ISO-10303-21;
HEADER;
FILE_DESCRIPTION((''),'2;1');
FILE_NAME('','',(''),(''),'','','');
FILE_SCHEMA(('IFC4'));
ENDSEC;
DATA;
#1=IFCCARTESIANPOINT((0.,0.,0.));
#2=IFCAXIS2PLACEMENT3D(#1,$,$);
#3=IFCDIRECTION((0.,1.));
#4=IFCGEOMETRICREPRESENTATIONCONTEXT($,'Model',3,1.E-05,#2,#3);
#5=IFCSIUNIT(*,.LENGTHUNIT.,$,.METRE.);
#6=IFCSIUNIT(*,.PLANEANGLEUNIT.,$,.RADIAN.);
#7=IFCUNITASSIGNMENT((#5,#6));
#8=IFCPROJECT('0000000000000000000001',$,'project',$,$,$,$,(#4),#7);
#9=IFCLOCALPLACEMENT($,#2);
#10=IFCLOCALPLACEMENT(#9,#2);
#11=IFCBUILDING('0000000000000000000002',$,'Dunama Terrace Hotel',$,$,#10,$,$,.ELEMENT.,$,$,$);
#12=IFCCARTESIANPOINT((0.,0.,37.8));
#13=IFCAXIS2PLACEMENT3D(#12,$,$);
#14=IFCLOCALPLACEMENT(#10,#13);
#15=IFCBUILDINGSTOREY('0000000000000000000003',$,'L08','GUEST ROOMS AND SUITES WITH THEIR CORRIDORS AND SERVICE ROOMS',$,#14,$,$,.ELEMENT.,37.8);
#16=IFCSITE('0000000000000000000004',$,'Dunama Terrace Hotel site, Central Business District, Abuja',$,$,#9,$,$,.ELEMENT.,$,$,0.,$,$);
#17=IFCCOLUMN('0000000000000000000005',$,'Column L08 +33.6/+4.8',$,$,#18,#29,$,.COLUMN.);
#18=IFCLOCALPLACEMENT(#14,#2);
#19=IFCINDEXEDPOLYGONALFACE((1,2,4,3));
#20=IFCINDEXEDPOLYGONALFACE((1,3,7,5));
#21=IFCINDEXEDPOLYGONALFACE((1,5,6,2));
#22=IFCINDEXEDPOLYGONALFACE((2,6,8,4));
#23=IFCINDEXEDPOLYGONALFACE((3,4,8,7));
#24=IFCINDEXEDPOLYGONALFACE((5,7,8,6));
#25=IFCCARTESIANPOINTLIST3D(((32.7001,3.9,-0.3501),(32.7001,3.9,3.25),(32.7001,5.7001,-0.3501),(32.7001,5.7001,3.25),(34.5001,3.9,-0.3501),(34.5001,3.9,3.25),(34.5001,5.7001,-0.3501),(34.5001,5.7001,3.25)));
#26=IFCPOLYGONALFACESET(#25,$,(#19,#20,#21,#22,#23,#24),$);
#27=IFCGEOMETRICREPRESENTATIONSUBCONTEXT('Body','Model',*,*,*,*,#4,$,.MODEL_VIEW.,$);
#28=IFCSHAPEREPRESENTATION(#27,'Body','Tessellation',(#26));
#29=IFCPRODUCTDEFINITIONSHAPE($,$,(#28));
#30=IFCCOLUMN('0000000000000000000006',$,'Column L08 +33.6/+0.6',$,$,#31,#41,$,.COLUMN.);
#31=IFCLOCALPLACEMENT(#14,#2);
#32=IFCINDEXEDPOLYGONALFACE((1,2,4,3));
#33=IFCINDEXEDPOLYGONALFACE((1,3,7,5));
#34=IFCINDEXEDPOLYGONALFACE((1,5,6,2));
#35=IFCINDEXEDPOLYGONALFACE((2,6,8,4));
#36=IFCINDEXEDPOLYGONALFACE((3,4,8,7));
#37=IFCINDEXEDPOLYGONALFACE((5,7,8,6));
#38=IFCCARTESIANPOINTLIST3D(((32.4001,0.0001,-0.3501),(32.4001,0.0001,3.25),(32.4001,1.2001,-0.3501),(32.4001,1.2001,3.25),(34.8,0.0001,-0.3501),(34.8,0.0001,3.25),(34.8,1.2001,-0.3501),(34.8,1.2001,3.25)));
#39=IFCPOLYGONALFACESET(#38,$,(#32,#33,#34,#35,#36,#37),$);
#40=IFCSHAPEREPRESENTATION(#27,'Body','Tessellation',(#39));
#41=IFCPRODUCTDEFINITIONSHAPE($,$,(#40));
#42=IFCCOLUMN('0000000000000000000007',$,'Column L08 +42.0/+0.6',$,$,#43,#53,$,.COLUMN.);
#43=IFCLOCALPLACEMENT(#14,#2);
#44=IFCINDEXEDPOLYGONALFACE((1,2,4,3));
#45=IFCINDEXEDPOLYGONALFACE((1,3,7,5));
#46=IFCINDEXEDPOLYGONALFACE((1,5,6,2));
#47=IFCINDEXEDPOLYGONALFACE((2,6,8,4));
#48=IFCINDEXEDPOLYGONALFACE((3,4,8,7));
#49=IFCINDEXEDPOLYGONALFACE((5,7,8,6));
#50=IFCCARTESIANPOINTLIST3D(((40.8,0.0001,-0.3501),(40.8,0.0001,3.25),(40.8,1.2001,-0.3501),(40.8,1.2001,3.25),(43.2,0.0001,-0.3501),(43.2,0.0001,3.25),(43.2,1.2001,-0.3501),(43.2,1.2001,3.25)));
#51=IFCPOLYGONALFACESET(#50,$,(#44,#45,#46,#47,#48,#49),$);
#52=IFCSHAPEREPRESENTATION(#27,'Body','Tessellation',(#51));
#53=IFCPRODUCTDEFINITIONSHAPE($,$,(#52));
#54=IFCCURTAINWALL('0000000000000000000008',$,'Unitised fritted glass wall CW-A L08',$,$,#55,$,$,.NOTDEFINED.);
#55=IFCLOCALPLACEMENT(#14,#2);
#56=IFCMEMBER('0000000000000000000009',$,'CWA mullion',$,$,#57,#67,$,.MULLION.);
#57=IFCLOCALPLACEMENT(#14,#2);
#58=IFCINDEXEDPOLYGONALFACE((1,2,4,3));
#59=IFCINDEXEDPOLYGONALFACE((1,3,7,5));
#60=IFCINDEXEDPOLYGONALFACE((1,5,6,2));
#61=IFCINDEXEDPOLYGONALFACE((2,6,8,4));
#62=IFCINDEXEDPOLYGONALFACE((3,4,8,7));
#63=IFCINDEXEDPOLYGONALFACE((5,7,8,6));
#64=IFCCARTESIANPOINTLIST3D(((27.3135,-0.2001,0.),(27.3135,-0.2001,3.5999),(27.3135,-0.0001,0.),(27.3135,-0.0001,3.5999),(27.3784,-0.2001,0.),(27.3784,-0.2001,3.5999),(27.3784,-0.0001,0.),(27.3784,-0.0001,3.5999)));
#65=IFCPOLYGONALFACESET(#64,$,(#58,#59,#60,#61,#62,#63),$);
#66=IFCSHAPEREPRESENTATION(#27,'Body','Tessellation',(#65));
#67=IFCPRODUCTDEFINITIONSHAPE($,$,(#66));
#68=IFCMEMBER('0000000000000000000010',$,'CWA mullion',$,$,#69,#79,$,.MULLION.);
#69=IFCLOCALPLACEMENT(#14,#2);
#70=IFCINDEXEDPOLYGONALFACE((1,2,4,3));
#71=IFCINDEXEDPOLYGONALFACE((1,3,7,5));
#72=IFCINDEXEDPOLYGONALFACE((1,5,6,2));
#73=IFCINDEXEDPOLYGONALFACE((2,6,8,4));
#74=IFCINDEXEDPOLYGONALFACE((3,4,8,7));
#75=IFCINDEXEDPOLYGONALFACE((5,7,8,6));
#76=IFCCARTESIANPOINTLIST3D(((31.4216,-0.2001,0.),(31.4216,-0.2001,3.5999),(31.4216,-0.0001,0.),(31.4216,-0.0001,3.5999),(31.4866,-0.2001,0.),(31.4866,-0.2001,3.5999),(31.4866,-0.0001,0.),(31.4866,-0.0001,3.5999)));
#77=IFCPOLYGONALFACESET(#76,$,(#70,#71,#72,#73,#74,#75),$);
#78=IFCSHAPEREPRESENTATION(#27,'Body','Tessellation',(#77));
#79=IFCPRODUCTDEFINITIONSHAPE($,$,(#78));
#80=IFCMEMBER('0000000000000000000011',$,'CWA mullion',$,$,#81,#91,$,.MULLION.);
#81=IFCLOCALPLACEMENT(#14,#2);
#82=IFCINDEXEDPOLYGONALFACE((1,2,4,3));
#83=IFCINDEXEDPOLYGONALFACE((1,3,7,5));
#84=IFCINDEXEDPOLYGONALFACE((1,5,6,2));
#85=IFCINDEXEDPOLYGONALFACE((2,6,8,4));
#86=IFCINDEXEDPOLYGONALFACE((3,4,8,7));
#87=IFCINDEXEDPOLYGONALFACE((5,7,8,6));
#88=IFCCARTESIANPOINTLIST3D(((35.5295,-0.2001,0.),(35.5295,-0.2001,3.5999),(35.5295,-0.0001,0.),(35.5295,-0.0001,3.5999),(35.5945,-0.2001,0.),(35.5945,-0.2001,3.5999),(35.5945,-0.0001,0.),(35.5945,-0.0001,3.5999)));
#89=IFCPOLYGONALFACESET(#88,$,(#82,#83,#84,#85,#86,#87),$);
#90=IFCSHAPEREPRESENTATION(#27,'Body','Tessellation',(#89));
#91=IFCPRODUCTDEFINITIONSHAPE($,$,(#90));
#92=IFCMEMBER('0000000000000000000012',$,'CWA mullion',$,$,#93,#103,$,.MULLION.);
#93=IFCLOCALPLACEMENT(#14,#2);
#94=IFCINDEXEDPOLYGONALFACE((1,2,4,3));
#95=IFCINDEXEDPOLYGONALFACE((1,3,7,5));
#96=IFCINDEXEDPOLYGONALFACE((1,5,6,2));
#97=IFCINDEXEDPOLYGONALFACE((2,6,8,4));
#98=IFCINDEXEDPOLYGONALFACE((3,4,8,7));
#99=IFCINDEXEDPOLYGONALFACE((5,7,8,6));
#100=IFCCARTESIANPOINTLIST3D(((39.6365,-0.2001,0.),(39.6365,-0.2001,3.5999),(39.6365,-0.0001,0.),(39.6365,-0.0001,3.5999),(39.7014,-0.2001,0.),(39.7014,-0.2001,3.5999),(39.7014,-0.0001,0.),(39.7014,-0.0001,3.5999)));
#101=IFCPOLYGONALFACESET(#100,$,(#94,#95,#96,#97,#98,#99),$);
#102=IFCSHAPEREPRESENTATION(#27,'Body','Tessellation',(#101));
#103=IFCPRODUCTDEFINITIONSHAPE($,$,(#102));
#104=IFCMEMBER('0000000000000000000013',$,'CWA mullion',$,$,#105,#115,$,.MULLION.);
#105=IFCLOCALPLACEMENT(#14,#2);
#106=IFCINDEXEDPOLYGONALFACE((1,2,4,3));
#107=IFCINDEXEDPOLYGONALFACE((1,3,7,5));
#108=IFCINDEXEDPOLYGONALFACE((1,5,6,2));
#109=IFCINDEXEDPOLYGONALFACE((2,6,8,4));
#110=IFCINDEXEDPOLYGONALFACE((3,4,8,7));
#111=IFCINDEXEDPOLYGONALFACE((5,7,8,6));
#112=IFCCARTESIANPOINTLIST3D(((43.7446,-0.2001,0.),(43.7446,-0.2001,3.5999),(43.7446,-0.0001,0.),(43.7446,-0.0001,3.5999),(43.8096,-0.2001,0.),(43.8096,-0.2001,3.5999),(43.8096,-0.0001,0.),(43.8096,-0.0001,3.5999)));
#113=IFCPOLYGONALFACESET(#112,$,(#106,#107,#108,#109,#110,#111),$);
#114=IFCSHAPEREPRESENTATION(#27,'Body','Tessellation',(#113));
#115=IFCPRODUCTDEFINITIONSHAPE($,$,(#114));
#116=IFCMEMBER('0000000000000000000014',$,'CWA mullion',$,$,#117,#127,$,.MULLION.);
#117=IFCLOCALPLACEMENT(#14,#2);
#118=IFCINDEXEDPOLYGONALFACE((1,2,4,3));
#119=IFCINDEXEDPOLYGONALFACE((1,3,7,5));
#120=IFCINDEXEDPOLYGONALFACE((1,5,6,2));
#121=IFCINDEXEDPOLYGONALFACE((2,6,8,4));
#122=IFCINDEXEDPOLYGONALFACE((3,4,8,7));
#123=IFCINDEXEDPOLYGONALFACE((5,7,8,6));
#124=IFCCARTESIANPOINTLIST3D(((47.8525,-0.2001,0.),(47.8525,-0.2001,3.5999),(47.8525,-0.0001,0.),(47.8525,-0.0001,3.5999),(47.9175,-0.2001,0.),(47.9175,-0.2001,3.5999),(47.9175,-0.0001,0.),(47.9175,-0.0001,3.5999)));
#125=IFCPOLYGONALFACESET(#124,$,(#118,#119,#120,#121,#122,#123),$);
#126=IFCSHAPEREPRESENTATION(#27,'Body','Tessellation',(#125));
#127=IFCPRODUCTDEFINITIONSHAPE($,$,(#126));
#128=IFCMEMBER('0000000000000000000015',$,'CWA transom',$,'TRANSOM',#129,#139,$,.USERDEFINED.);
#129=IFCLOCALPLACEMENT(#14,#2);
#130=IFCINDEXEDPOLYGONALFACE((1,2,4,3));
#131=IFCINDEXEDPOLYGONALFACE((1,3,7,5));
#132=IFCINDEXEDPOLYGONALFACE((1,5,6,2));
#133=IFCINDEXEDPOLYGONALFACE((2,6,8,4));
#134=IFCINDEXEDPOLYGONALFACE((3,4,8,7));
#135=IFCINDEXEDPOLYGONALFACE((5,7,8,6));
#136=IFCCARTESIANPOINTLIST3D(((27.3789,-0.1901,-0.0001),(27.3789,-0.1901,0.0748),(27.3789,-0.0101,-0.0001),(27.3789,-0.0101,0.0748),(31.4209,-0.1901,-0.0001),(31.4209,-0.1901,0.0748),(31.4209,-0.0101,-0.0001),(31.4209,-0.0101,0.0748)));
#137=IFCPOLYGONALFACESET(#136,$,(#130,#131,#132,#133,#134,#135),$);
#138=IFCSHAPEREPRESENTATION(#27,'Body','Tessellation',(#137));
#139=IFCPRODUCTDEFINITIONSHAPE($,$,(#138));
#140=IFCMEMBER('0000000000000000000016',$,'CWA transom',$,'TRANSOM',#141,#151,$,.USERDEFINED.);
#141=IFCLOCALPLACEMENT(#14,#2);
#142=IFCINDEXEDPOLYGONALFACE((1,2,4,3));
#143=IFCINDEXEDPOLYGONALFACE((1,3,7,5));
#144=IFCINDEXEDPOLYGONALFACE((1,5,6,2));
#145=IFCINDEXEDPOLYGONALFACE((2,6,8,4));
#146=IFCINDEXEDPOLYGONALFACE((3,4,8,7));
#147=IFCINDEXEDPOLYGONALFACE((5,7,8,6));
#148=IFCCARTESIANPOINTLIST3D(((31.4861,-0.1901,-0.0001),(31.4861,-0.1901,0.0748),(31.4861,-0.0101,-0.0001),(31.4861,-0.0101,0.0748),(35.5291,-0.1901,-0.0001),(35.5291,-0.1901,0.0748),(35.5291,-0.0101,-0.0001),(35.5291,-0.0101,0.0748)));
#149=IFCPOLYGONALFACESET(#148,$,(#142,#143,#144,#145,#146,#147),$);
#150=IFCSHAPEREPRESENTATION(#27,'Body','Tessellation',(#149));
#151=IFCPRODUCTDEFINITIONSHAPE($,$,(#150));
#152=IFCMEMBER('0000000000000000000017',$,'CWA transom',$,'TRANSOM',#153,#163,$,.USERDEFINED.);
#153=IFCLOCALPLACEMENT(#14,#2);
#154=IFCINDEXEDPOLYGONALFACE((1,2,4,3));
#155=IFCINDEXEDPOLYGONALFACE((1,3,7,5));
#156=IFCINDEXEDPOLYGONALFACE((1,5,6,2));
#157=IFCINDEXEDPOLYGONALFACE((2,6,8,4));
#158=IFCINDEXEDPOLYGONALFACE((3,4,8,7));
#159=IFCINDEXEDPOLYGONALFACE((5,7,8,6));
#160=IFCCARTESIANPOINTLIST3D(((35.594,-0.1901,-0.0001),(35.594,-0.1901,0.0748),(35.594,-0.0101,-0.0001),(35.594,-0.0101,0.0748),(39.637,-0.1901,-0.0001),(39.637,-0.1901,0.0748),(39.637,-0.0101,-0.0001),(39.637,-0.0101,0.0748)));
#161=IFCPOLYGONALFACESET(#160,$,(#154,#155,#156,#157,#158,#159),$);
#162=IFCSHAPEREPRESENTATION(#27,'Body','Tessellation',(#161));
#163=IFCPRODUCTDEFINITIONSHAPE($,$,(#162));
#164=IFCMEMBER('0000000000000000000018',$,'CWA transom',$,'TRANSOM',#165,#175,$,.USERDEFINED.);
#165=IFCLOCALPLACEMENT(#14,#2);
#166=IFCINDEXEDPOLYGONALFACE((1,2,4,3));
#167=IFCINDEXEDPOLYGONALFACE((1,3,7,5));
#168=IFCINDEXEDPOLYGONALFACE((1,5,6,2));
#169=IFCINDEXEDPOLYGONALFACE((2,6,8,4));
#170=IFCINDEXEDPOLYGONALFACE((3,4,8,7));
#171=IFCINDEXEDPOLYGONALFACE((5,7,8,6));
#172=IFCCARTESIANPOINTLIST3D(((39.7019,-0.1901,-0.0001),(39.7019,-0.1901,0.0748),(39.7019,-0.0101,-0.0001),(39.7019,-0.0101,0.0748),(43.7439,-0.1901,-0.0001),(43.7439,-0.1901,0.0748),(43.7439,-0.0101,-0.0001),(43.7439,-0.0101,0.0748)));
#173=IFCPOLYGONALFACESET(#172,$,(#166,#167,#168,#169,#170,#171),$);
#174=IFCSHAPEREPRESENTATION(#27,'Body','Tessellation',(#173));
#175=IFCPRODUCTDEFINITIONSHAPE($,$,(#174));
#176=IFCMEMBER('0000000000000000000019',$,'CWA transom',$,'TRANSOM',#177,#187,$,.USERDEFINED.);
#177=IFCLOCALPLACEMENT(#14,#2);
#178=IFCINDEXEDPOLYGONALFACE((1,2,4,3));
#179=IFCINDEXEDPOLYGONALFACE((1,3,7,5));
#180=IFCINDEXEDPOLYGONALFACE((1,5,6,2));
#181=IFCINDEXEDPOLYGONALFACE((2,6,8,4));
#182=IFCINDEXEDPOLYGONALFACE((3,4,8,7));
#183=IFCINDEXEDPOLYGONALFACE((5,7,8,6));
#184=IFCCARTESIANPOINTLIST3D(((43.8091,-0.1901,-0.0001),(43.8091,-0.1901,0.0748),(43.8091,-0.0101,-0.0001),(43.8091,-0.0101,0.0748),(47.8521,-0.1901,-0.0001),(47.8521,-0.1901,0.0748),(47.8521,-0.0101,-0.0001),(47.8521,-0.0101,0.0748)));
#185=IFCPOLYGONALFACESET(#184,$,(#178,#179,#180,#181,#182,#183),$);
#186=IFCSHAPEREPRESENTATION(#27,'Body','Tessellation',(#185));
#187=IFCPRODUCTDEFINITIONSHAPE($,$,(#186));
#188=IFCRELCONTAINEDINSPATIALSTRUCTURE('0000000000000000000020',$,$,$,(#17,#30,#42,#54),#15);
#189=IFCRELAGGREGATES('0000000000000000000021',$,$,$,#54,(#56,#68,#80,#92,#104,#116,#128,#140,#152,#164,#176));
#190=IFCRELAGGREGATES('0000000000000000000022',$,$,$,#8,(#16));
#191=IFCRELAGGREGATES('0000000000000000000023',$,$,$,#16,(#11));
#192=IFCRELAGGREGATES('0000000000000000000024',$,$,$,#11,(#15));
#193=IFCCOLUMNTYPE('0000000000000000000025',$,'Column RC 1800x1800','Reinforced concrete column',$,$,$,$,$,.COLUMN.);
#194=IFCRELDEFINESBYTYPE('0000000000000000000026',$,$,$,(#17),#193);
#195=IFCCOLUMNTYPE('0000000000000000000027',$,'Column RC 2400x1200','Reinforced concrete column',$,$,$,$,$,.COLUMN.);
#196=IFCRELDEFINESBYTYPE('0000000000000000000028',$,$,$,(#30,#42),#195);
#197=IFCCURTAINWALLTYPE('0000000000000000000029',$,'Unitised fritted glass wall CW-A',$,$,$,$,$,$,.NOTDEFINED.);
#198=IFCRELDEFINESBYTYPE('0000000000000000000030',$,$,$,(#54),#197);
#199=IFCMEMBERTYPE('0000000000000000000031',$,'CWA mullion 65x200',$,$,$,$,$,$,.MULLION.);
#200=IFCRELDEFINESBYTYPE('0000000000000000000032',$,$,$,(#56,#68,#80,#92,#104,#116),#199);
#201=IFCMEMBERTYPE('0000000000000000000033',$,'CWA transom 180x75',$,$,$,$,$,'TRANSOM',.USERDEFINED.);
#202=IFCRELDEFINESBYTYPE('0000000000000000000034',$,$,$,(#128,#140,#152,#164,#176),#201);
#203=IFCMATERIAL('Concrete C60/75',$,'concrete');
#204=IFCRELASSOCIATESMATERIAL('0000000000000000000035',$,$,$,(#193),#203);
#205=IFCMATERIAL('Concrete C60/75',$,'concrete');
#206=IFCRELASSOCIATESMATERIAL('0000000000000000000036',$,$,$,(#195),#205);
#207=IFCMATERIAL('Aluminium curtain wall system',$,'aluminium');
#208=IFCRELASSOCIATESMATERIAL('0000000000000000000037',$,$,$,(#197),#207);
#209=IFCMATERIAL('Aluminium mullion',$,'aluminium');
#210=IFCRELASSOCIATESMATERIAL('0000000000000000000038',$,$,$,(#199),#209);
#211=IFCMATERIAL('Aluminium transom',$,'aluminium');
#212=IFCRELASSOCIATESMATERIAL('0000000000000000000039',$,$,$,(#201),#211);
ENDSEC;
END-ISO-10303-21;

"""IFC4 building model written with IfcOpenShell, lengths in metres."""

from ifc_helpers import new_model, si_unit, direction, frame, origin, origin_2d, place, context, subcontext, project, spatial, rectangle, extrude, material, material_profile, profile_set, type_object, element, aggregate, save


model = new_model("IFC4")

# Units and contexts
model_context = context("Model", 3, precision=1e-05, world=origin(), true_north=direction((0.0, 1.0)))
body_context = subcontext(model_context, "Body", "Model", "MODEL_VIEW")
ifc_project = project(units=[si_unit("LENGTHUNIT", "METRE"), si_unit("PLANEANGLEUNIT", "RADIAN")], contexts=[model_context])

# Site, building, storey
site_placement = place(None, origin())
site = spatial("IfcSite", under=ifc_project, at=site_placement, Name="Dunama Terrace Hotel site, Central Business District, Abuja", CompositionType="ELEMENT", RefElevation=0.0)
building_placement = place(site_placement, origin())
building = spatial("IfcBuilding", under=site, at=building_placement, Name="Dunama Terrace Hotel", CompositionType="ELEMENT")
storey_placement = place(building_placement, frame((0.0, 0.0, 37.8)))
storey = spatial("IfcBuildingStorey", under=building, at=storey_placement, Name="L08", Description="GUEST ROOMS AND SUITES WITH THEIR CORRIDORS AND SERVICE ROOMS", CompositionType="ELEMENT", Elevation=37.8)

# Columns
ifc_material_1 = material(Name="Concrete C60/75", Category="concrete")
ifc_material_profile_1 = material_profile(ifc_material_1, rectangle(XDim=1.8, YDim=1.8, at=origin_2d()), Name="RC 1800x1800")
ifc_profile_set_1 = profile_set([ifc_material_profile_1], Name="Concrete C60/75")
column_type_1 = type_object("IfcColumnType", Name="Column RC 1800x1800", Description="Reinforced concrete column", PredefinedType="COLUMN", material=ifc_profile_set_1)
column_placement = place(storey_placement, frame((33.6001, 4.8, -0.3501), z_axis=(0.0, 0.0, 1.0), x_axis=(1.0, 0.0, 0.0)))
element("IfcColumn", 1, at=column_placement, inside=storey, type_object=column_type_1, Name="Column L08 +33.6/+4.8", PredefinedType="COLUMN", context=body_context, shape_type="SweptSolid", body=[
    extrude(rectangle(XDim=1.8, YDim=1.8, at=origin_2d()), origin(), (0.0, 0.0, 1.0), 3.6001),
])
ifc_material_2 = material(Name="Concrete C60/75", Category="concrete")
ifc_material_profile_2 = material_profile(ifc_material_2, rectangle(XDim=2.3999, YDim=1.2, at=origin_2d()), Name="RC 2400x1200")
ifc_profile_set_2 = profile_set([ifc_material_profile_2], Name="Concrete C60/75")
column_type_2 = type_object("IfcColumnType", Name="Column RC 2400x1200", Description="Reinforced concrete column", PredefinedType="COLUMN", material=ifc_profile_set_2)
for number, where, z_axis, x_axis, name in (
    (2, (33.6001, 0.6001, -0.3501), (0.0, 0.0, 1.0), (1.0, 0.0, 0.0), "Column L08 +33.6/+0.6"),
    (3, (42.0, 0.6001, -0.3501), (0.0, 0.0, 1.0), (1.0, 0.0, 0.0), "Column L08 +42.0/+0.6"),
):
    element("IfcColumn", number, at=place(storey_placement, frame(where, z_axis=z_axis, x_axis=x_axis)), inside=storey, type_object=column_type_2, Name=name, PredefinedType="COLUMN", context=body_context, shape_type="SweptSolid", body=[
        extrude(rectangle(XDim=2.3999, YDim=1.2, at=origin_2d()), origin(), (0.0, 0.0, 1.0), 3.6001),
    ])

# Curtain wall, members
ifc_material_3 = material(Name="Aluminium curtain wall system", Category="aluminium")
curtain_wall_type = type_object("IfcCurtainWallType", Name="Unitised fritted glass wall CW-A", PredefinedType="NOTDEFINED", material=ifc_material_3)
curtain_wall_placement = place(storey_placement, origin())
curtain_wall = element("IfcCurtainWall", 4, at=curtain_wall_placement, inside=storey, type_object=curtain_wall_type, Name="Unitised fritted glass wall CW-A L08", PredefinedType="NOTDEFINED")
ifc_material_4 = material(Name="Aluminium mullion", Category="aluminium")
ifc_material_profile_3 = material_profile(ifc_material_4, rectangle(XDim=0.0649, YDim=0.2, at=origin_2d()), Name="CWA MULLION 65X200")
ifc_profile_set_3 = profile_set([ifc_material_profile_3], Name="Aluminium mullion")
member_type_1 = type_object("IfcMemberType", Name="CWA mullion 65x200", PredefinedType="MULLION", material=ifc_profile_set_3)
member_1_placement = place(storey_placement, frame((27.3459, -0.1001, 0.0), z_axis=(0.0, 0.0, 1.0), x_axis=(1.0, 0.0, 0.0)))
member_1 = element("IfcMember", 5, at=member_1_placement, type_object=member_type_1, Name="CWA mullion", PredefinedType="MULLION", context=body_context, shape_type="SweptSolid", body=[
    extrude(rectangle(XDim=0.0649, YDim=0.2, at=origin_2d()), origin(), (0.0, 0.0, 1.0), 3.5999),
])
member_2_placement = place(storey_placement, frame((31.4541, -0.1001, 0.0), z_axis=(0.0, 0.0, 1.0), x_axis=(1.0, 0.0, 0.0)))
member_2 = element("IfcMember", 6, at=member_2_placement, type_object=member_type_1, Name="CWA mullion", PredefinedType="MULLION", context=body_context, shape_type="SweptSolid", body=[
    extrude(rectangle(XDim=0.0649, YDim=0.2, at=origin_2d()), origin(), (0.0, 0.0, 1.0), 3.5999),
])
member_3_placement = place(storey_placement, frame((35.562, -0.1001, 0.0), z_axis=(0.0, 0.0, 1.0), x_axis=(1.0, 0.0, 0.0)))
member_3 = element("IfcMember", 7, at=member_3_placement, type_object=member_type_1, Name="CWA mullion", PredefinedType="MULLION", context=body_context, shape_type="SweptSolid", body=[
    extrude(rectangle(XDim=0.0649, YDim=0.2, at=origin_2d()), origin(), (0.0, 0.0, 1.0), 3.5999),
])
member_4_placement = place(storey_placement, frame((39.6689, -0.1001, 0.0), z_axis=(0.0, 0.0, 1.0), x_axis=(1.0, 0.0, 0.0)))
member_4 = element("IfcMember", 8, at=member_4_placement, type_object=member_type_1, Name="CWA mullion", PredefinedType="MULLION", context=body_context, shape_type="SweptSolid", body=[
    extrude(rectangle(XDim=0.0649, YDim=0.2, at=origin_2d()), origin(), (0.0, 0.0, 1.0), 3.5999),
])
member_5_placement = place(storey_placement, frame((43.7771, -0.1001, 0.0), z_axis=(0.0, 0.0, 1.0), x_axis=(1.0, 0.0, 0.0)))
member_5 = element("IfcMember", 9, at=member_5_placement, type_object=member_type_1, Name="CWA mullion", PredefinedType="MULLION", context=body_context, shape_type="SweptSolid", body=[
    extrude(rectangle(XDim=0.0649, YDim=0.2, at=origin_2d()), origin(), (0.0, 0.0, 1.0), 3.5999),
])
member_6_placement = place(storey_placement, frame((47.885, -0.1001, 0.0), z_axis=(0.0, 0.0, 1.0), x_axis=(1.0, 0.0, 0.0)))
member_6 = element("IfcMember", 10, at=member_6_placement, type_object=member_type_1, Name="CWA mullion", PredefinedType="MULLION", context=body_context, shape_type="SweptSolid", body=[
    extrude(rectangle(XDim=0.0649, YDim=0.2, at=origin_2d()), origin(), (0.0, 0.0, 1.0), 3.5999),
])
ifc_material_5 = material(Name="Aluminium transom", Category="aluminium")
ifc_material_profile_4 = material_profile(ifc_material_5, rectangle(XDim=0.1799, YDim=0.075, at=origin_2d()), Name="CWA TRANSOM 180X75")
ifc_profile_set_4 = profile_set([ifc_material_profile_4], Name="Aluminium transom")
member_type_2 = type_object("IfcMemberType", Name="CWA transom 180x75", ElementType="TRANSOM", PredefinedType="USERDEFINED", material=ifc_profile_set_4)
member_7_placement = place(storey_placement, frame((27.3789, -0.1001, 0.0374), z_axis=(1.0, 0.0, 0.0), x_axis=(0.0, 1.0, 0.0)))
member_7 = element("IfcMember", 11, at=member_7_placement, type_object=member_type_2, Name="CWA transom", ObjectType="TRANSOM", PredefinedType="USERDEFINED", context=body_context, shape_type="SweptSolid", body=[
    extrude(rectangle(XDim=0.1799, YDim=0.075, at=origin_2d()), origin(), (0.0, 0.0, 1.0), 4.042),
])
member_8_placement = place(storey_placement, frame((31.4861, -0.1001, 0.0374), z_axis=(1.0, 0.0, 0.0), x_axis=(0.0, 1.0, 0.0)))
member_8 = element("IfcMember", 12, at=member_8_placement, type_object=member_type_2, Name="CWA transom", ObjectType="TRANSOM", PredefinedType="USERDEFINED", context=body_context, shape_type="SweptSolid", body=[
    extrude(rectangle(XDim=0.1799, YDim=0.075, at=origin_2d()), origin(), (0.0, 0.0, 1.0), 4.043),
])
member_9_placement = place(storey_placement, frame((35.594, -0.1001, 0.0374), z_axis=(1.0, 0.0, 0.0), x_axis=(0.0, 1.0, 0.0)))
member_9 = element("IfcMember", 13, at=member_9_placement, type_object=member_type_2, Name="CWA transom", ObjectType="TRANSOM", PredefinedType="USERDEFINED", context=body_context, shape_type="SweptSolid", body=[
    extrude(rectangle(XDim=0.1799, YDim=0.075, at=origin_2d()), origin(), (0.0, 0.0, 1.0), 4.043),
])
member_10_placement = place(storey_placement, frame((39.7019, -0.1001, 0.0374), z_axis=(1.0, 0.0, 0.0), x_axis=(0.0, 1.0, 0.0)))
member_10 = element("IfcMember", 14, at=member_10_placement, type_object=member_type_2, Name="CWA transom", ObjectType="TRANSOM", PredefinedType="USERDEFINED", context=body_context, shape_type="SweptSolid", body=[
    extrude(rectangle(XDim=0.1799, YDim=0.075, at=origin_2d()), origin(), (0.0, 0.0, 1.0), 4.042),
])
member_11_placement = place(storey_placement, frame((43.8091, -0.1001, 0.0374), z_axis=(1.0, 0.0, 0.0), x_axis=(0.0, 1.0, 0.0)))
member_11 = element("IfcMember", 15, at=member_11_placement, type_object=member_type_2, Name="CWA transom", ObjectType="TRANSOM", PredefinedType="USERDEFINED", context=body_context, shape_type="SweptSolid", body=[
    extrude(rectangle(XDim=0.1799, YDim=0.075, at=origin_2d()), origin(), (0.0, 0.0, 1.0), 4.043),
])

aggregate(curtain_wall, [member_1, member_2, member_3, member_4, member_5, member_6, member_7, member_8, member_9, member_10, member_11])

save(model, "model.ifc")
